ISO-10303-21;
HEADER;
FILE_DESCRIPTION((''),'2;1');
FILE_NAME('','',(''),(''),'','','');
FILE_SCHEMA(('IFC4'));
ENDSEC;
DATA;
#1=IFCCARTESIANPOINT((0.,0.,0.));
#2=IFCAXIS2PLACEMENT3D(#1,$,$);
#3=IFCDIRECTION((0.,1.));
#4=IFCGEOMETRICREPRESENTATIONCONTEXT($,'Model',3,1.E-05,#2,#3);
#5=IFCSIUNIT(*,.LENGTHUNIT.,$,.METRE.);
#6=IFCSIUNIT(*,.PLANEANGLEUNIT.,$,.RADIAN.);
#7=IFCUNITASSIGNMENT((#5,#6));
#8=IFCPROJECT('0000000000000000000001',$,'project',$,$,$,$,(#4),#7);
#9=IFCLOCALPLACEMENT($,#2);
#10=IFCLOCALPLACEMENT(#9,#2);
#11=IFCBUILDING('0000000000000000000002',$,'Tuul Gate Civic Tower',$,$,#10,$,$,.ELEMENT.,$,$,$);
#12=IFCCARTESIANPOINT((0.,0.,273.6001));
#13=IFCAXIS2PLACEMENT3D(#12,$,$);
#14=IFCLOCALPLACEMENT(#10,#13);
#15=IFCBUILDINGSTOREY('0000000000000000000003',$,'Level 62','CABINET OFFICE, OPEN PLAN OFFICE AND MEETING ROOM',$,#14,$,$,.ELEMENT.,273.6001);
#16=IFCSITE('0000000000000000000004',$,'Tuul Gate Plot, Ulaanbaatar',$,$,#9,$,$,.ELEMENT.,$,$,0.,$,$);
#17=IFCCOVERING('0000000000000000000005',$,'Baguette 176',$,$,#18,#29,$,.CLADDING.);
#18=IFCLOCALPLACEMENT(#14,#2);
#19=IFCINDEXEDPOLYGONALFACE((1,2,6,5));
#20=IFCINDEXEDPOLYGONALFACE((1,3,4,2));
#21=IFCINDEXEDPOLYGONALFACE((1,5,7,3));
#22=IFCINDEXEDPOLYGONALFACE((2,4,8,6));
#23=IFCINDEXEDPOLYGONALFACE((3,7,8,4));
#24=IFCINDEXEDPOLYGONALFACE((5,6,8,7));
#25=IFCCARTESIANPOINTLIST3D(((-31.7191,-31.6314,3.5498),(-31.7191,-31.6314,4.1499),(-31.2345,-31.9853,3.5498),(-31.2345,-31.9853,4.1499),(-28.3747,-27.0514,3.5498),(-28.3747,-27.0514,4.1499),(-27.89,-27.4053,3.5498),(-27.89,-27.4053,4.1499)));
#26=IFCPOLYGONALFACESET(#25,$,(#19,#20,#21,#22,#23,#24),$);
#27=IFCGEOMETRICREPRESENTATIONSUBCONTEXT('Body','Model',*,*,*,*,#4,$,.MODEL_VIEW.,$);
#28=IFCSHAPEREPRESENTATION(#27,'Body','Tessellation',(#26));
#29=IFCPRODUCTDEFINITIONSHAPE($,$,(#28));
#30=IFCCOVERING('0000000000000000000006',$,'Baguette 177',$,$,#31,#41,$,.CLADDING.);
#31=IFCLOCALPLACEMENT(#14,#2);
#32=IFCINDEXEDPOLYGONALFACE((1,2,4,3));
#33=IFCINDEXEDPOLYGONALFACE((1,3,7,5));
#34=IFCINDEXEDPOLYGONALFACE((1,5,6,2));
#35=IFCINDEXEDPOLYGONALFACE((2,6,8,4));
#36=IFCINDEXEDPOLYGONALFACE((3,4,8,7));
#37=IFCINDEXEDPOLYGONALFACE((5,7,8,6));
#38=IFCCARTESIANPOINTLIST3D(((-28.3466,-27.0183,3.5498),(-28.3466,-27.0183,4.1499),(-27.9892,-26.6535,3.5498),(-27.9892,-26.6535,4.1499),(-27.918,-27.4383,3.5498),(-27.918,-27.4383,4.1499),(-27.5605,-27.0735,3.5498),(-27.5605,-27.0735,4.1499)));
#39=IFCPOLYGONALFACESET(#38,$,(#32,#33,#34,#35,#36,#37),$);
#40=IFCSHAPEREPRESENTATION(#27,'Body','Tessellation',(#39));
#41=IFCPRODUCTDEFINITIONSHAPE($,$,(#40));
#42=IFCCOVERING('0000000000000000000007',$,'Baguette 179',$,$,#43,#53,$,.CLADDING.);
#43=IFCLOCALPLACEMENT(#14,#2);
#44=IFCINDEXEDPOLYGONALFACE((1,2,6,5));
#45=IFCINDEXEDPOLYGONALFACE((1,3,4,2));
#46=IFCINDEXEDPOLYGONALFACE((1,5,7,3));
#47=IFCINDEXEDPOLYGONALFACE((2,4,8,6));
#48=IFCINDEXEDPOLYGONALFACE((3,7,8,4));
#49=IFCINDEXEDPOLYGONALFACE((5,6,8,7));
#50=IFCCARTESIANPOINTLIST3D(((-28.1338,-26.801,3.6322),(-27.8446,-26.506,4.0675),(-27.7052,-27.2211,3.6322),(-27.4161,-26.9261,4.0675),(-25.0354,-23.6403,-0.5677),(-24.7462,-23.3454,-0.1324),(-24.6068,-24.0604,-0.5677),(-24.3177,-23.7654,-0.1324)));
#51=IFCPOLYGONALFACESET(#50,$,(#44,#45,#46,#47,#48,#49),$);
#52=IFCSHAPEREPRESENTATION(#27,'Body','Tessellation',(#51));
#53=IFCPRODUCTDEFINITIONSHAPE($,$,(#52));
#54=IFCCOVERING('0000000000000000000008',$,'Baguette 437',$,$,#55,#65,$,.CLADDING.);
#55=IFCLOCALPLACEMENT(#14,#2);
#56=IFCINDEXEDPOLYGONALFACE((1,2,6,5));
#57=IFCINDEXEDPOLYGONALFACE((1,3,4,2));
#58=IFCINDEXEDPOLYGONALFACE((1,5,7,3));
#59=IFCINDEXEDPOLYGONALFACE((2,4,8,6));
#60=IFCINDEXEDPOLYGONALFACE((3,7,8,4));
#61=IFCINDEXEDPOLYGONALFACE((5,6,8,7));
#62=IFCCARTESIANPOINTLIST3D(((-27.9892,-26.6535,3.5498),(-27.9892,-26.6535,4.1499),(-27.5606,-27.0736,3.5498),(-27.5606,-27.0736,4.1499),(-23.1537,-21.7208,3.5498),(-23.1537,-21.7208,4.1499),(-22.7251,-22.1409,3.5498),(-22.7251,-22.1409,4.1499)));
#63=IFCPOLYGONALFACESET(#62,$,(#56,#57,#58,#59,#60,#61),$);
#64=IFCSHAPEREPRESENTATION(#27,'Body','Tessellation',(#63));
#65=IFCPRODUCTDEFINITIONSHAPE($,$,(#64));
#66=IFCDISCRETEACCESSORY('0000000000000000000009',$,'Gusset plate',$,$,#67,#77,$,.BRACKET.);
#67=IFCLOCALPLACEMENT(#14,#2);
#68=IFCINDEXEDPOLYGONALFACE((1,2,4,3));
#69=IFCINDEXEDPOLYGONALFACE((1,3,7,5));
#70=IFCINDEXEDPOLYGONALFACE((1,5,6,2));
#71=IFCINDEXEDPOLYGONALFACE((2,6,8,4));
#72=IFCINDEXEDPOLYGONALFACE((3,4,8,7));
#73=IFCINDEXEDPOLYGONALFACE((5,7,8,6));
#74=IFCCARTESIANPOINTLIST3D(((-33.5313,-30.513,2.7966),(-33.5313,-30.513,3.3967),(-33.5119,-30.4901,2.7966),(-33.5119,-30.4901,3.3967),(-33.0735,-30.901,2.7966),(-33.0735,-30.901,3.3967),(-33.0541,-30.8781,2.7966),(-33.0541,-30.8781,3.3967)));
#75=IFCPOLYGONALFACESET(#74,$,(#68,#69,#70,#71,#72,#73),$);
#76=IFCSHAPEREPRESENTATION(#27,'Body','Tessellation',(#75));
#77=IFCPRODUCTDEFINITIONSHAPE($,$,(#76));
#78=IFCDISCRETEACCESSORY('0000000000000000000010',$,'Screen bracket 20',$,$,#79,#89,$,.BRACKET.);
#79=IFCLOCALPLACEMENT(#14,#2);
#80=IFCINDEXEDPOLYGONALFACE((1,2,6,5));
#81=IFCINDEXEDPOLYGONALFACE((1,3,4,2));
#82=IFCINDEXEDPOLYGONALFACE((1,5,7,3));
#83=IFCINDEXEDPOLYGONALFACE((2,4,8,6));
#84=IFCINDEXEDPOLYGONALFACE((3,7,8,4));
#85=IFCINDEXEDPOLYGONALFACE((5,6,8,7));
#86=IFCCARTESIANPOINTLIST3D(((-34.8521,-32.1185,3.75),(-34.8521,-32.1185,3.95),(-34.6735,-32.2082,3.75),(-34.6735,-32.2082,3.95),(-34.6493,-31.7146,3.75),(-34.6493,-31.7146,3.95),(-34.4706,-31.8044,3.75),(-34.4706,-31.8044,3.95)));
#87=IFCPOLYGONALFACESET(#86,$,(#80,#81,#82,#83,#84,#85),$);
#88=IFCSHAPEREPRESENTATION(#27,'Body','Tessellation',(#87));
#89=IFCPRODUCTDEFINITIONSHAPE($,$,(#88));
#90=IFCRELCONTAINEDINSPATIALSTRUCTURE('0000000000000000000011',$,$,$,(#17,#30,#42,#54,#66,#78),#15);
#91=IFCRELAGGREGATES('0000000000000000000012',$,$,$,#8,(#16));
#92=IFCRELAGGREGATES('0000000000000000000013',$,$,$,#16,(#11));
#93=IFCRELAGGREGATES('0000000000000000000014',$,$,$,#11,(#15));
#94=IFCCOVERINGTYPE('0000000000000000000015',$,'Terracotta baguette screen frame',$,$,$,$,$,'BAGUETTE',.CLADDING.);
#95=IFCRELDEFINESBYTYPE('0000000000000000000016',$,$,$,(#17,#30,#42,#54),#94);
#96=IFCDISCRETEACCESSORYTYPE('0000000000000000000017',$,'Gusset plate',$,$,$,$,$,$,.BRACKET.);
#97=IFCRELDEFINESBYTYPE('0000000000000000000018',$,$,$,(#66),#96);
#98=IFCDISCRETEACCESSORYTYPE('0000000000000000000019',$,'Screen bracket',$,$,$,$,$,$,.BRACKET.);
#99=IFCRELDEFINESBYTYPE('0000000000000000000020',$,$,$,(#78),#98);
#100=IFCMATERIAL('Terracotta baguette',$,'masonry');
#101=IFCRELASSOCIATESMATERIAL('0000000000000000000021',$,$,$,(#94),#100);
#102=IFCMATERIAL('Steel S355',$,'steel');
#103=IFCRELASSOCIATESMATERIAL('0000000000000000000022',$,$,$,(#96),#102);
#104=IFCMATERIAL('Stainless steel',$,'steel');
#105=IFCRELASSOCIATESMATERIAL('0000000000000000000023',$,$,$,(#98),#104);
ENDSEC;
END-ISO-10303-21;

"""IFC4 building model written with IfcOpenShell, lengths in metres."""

from ifc_helpers import new_model, si_unit, direction, frame, origin, origin_2d, place, context, subcontext, project, spatial, rectangle, extrude, material, material_profile, profile_set, type_object, element, save


model = new_model("IFC4")

# Units and contexts
model_context = context("Model", 3, precision=1e-05, world=origin(), true_north=direction((0.0, 1.0)))
body_context = subcontext(model_context, "Body", "Model", "MODEL_VIEW")
ifc_project = project(units=[si_unit("LENGTHUNIT", "METRE"), si_unit("PLANEANGLEUNIT", "RADIAN")], contexts=[model_context])

# Site, building, storey
site_placement = place(None, origin())
site = spatial("IfcSite", under=ifc_project, at=site_placement, Name="Tuul Gate Plot, Ulaanbaatar", CompositionType="ELEMENT", RefElevation=0.0)
building_placement = place(site_placement, origin())
building = spatial("IfcBuilding", under=site, at=building_placement, Name="Tuul Gate Civic Tower", CompositionType="ELEMENT")
storey_placement = place(building_placement, frame((0.0, 0.0, 273.6001)))
storey = spatial("IfcBuildingStorey", under=building, at=storey_placement, Name="Level 62", Description="CABINET OFFICE, OPEN PLAN OFFICE AND MEETING ROOM", CompositionType="ELEMENT", Elevation=273.6001)

# Coverings
ifc_material_1 = material(Name="Terracotta baguette", Category="masonry")
ifc_material_profile_1 = material_profile(ifc_material_1, rectangle(XDim=0.6001, YDim=0.6001, at=origin_2d()), Name="Terracotta baguette screen frame")
ifc_profile_set_1 = profile_set([ifc_material_profile_1], Name="Terracotta baguette")
covering_type = type_object("IfcCoveringType", Name="Terracotta baguette screen frame", ElementType="BAGUETTE", PredefinedType="CLADDING", material=ifc_profile_set_1)
covering_1_placement = place(storey_placement, frame((-31.4768, -31.8083, 3.8499), z_axis=(0.589729, 0.807601, 0.0), x_axis=(-0.807601, 0.589729, 0.0)))
element("IfcCovering", 1, at=covering_1_placement, inside=storey, type_object=covering_type, Name="Baguette 176", PredefinedType="CLADDING", context=body_context, shape_type="SweptSolid", body=[
    extrude(rectangle(XDim=0.6001, YDim=0.6001, at=origin_2d()), origin(), (0.0, 0.0, 1.0), 5.6711),
])
covering_2_placement = place(storey_placement, frame((-28.1323, -27.2283, 3.8499), z_axis=(0.699899, 0.714242, 0.0), x_axis=(-0.714242, 0.699899, 0.0)))
element("IfcCovering", 2, at=covering_2_placement, inside=storey, type_object=covering_type, Name="Baguette 177", PredefinedType="CLADDING", context=body_context, shape_type="SweptSolid", body=[
    extrude(rectangle(XDim=0.6001, YDim=0.6001, at=origin_2d()), origin(), (0.0, 0.0, 1.0), 0.5107),
])
covering_3_placement = place(storey_placement, frame((-27.7749, -26.8635, 3.8499), z_axis=(0.507801, 0.518004, -0.688338), x_axis=(-0.714105, 0.700039, 0.0)))
element("IfcCovering", 3, at=covering_3_placement, inside=storey, type_object=covering_type, Name="Baguette 179", PredefinedType="CLADDING", context=body_context, shape_type="SweptSolid", body=[
    extrude(rectangle(XDim=0.6001, YDim=0.6001, at=origin_2d()), origin(), (0.0, 0.0, 1.0), 6.1016),
])
covering_4_placement = place(storey_placement, frame((-27.7749, -26.8635, 3.8499), z_axis=(0.700038, 0.714105, 0.0), x_axis=(-0.714105, 0.700038, 0.0)))
element("IfcCovering", 4, at=covering_4_placement, inside=storey, type_object=covering_type, Name="Baguette 437", PredefinedType="CLADDING", context=body_context, shape_type="SweptSolid", body=[
    extrude(rectangle(XDim=0.6001, YDim=0.6001, at=origin_2d()), origin(), (0.0, 0.0, 1.0), 6.9075),
])

# Discrete accessories
ifc_material_2 = material(Name="Steel S355", Category="steel")
discrete_accessory_type_1 = type_object("IfcDiscreteAccessoryType", Name="Gusset plate", PredefinedType="BRACKET", material=ifc_material_2)
discrete_accessory_1_placement = place(storey_placement, frame((-33.2927, -30.6956, 2.7966), z_axis=(0.0, 0.0, 1.0), x_axis=(-0.762825, 0.646605, 0.0)))
element("IfcDiscreteAccessory", 5, at=discrete_accessory_1_placement, inside=storey, type_object=discrete_accessory_type_1, Name="Gusset plate", PredefinedType="BRACKET", context=body_context, shape_type="SweptSolid", body=[
    extrude(rectangle(XDim=0.6001, YDim=0.03, at=origin_2d()), origin(), (0.0, 0.0, 1.0), 0.6001),
])
ifc_material_3 = material(Name="Stainless steel", Category="steel")
discrete_accessory_type_2 = type_object("IfcDiscreteAccessoryType", Name="Screen bracket", PredefinedType="BRACKET", material=ifc_material_3)
discrete_accessory_2_placement = place(storey_placement, frame((-34.6614, -31.9614, 3.75), z_axis=(0.0, 0.0, 1.0), x_axis=(-0.448857, -0.893603, 0.0)))
element("IfcDiscreteAccessory", 6, at=discrete_accessory_2_placement, inside=storey, type_object=discrete_accessory_type_2, Name="Screen bracket 20", PredefinedType="BRACKET", context=body_context, shape_type="SweptSolid", body=[
    extrude(rectangle(XDim=0.4519, YDim=0.2, at=origin_2d()), origin(), (0.0, 0.0, 1.0), 0.2),
])

save(model, "model.ifc")
